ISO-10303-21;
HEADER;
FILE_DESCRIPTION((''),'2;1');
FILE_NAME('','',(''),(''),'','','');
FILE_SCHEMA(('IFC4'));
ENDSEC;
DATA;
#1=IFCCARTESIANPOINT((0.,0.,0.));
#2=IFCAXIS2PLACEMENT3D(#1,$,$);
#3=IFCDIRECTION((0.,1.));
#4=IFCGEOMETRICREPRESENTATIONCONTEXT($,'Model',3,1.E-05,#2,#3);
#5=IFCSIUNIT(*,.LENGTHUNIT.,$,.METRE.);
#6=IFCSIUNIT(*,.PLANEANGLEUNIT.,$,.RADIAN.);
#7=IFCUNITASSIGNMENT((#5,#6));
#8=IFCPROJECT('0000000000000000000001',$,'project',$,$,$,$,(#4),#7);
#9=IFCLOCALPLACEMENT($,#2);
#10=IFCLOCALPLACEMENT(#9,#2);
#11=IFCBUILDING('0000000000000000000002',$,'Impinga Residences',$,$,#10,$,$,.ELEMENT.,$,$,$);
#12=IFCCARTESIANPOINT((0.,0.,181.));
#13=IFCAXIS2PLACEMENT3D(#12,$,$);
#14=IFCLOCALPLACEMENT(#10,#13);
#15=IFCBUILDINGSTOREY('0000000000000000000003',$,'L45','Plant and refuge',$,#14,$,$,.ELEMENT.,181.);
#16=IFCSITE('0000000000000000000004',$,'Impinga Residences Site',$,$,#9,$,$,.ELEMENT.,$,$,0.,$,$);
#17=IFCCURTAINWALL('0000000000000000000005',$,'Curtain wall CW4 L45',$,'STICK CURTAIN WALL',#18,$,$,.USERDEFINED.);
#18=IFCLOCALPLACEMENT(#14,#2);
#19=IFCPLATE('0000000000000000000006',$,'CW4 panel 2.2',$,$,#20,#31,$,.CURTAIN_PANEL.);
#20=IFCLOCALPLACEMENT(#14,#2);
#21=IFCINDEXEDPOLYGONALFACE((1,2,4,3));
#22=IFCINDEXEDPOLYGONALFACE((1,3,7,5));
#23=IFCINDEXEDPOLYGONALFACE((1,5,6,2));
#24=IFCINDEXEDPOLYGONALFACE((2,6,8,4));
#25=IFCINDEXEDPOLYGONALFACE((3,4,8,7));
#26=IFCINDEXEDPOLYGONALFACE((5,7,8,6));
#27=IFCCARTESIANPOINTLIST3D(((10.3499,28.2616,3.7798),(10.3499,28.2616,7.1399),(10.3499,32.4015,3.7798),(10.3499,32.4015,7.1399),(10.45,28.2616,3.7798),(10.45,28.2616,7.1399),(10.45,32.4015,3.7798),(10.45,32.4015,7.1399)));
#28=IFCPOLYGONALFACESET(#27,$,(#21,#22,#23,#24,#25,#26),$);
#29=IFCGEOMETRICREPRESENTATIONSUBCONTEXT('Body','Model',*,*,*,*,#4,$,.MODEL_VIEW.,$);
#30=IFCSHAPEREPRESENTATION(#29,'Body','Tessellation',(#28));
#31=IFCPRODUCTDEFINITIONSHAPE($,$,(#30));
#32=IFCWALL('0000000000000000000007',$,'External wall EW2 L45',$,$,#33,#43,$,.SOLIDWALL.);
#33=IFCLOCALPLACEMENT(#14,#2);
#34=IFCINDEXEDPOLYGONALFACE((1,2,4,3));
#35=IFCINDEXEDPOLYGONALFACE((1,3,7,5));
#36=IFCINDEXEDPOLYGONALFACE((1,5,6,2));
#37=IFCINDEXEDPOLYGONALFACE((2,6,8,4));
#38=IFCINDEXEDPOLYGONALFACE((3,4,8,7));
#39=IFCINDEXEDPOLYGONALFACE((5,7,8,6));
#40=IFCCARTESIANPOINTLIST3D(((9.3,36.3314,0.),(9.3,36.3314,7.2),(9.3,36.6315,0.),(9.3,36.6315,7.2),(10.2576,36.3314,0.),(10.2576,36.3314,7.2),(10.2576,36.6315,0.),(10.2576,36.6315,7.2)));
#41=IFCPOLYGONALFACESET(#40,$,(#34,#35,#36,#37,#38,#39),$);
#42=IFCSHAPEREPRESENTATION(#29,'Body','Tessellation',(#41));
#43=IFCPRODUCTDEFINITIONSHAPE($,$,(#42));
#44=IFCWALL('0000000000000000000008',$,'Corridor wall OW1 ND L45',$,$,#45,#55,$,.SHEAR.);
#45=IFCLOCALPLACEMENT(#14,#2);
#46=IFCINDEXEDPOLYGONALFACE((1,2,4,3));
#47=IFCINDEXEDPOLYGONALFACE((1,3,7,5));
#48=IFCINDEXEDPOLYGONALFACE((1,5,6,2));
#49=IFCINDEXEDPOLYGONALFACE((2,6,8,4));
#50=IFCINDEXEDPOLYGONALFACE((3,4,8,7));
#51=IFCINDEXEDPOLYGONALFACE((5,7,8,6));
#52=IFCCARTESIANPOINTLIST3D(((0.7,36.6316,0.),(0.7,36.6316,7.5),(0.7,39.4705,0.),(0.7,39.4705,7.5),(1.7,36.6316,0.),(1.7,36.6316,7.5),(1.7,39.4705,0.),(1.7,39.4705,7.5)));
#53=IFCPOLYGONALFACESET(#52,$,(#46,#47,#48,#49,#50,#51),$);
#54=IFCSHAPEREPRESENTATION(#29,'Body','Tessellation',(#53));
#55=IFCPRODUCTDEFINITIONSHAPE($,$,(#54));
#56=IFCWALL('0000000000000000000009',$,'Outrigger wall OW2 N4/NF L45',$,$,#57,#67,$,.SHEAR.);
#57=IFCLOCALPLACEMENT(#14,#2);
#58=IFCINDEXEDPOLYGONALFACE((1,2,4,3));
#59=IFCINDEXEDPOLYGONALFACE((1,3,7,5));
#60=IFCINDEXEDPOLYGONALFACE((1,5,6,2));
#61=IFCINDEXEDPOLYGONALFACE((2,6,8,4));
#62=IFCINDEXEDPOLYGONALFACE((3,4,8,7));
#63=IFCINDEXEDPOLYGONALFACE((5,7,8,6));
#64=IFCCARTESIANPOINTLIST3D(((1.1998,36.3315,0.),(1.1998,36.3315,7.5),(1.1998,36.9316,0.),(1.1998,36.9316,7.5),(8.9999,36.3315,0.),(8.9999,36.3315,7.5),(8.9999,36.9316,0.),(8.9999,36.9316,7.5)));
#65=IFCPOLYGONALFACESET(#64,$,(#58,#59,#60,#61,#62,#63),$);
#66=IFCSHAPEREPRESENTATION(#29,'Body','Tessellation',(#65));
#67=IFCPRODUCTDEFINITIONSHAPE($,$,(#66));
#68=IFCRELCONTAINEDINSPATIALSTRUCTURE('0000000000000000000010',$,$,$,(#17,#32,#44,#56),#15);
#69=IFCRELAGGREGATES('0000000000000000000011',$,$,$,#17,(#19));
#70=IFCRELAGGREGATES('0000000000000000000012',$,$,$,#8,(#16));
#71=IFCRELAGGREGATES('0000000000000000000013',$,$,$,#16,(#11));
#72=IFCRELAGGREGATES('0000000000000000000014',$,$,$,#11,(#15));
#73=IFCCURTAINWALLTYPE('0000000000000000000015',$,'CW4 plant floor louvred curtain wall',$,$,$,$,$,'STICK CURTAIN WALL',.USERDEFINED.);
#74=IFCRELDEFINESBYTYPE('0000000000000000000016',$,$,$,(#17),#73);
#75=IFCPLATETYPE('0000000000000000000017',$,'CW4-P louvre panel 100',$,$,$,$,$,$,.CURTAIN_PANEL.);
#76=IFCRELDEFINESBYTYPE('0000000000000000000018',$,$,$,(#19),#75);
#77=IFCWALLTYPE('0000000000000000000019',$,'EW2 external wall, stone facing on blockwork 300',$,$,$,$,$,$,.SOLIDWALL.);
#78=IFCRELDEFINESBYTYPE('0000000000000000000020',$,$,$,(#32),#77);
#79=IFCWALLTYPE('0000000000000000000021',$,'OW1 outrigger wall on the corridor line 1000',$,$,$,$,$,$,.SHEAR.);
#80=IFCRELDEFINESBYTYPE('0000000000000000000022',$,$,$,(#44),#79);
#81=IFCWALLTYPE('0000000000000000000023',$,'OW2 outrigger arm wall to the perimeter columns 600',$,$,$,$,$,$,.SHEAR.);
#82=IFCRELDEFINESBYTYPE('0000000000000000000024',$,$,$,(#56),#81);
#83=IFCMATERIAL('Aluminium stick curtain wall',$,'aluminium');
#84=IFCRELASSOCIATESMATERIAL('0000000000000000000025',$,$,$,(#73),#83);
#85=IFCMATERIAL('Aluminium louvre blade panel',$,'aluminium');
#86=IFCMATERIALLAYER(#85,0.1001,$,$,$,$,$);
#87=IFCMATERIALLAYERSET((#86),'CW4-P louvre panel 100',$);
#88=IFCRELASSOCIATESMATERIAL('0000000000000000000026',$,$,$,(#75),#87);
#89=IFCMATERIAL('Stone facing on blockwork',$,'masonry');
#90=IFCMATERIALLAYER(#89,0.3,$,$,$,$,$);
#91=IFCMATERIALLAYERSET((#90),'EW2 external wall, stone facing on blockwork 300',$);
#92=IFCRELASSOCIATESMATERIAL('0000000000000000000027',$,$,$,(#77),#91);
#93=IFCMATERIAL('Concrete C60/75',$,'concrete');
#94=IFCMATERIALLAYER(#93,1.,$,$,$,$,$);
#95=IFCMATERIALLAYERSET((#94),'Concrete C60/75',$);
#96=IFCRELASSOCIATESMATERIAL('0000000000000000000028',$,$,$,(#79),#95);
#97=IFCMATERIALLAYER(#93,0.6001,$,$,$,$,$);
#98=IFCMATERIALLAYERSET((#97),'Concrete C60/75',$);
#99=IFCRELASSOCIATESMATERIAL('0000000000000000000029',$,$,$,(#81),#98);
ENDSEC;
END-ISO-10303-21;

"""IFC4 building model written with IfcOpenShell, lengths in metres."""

from ifc_helpers import new_model, si_unit, direction, frame, frame_2d, origin, origin_2d, place, context, subcontext, project, spatial, rectangle, extrude, material, layer, layer_set, type_object, element, aggregate, save


model = new_model("IFC4")

# Units and contexts
model_context = context("Model", 3, precision=1e-05, world=origin(), true_north=direction((0.0, 1.0)))
body_context = subcontext(model_context, "Body", "Model", "MODEL_VIEW")
ifc_project = project(units=[si_unit("LENGTHUNIT", "METRE"), si_unit("PLANEANGLEUNIT", "RADIAN")], contexts=[model_context])

# Site, building, storey
site_placement = place(None, origin())
site = spatial("IfcSite", under=ifc_project, at=site_placement, Name="Impinga Residences Site", CompositionType="ELEMENT", RefElevation=0.0)
building_placement = place(site_placement, origin())
building = spatial("IfcBuilding", under=site, at=building_placement, Name="Impinga Residences", CompositionType="ELEMENT")
storey_placement = place(building_placement, frame((0.0, 0.0, 181.0)))
storey = spatial("IfcBuildingStorey", under=building, at=storey_placement, Name="L45", Description="Plant and refuge", CompositionType="ELEMENT", Elevation=181.0)

# Shared definitions
ifc_material_1 = material(Name="Concrete C60/75", Category="concrete")

# Curtain wall
ifc_material_2 = material(Name="Aluminium stick curtain wall", Category="aluminium")
curtain_wall_type = type_object("IfcCurtainWallType", Name="CW4 plant floor louvred curtain wall", ElementType="STICK CURTAIN WALL", PredefinedType="USERDEFINED", material=ifc_material_2)
curtain_wall_placement = place(storey_placement, origin())
curtain_wall = element("IfcCurtainWall", 1, at=curtain_wall_placement, inside=storey, type_object=curtain_wall_type, Name="Curtain wall CW4 L45", ObjectType="STICK CURTAIN WALL", PredefinedType="USERDEFINED")

# Plate
ifc_material_3 = material(Name="Aluminium louvre blade panel", Category="aluminium")
ifc_layer_1 = layer(ifc_material_3, 0.1001)
ifc_layer_set_1 = layer_set([ifc_layer_1], Name="CW4-P louvre panel 100")
plate_type = type_object("IfcPlateType", Name="CW4-P louvre panel 100", PredefinedType="CURTAIN_PANEL", material=ifc_layer_set_1)
plate_1_placement = place(storey_placement, frame((10.3999, 30.3315, 3.7798), z_axis=(0.0, 0.0, 1.0), x_axis=(0.0, -1.0, 0.0)))
plate_1 = element("IfcPlate", 2, at=plate_1_placement, type_object=plate_type, Name="CW4 panel 2.2", PredefinedType="CURTAIN_PANEL", context=body_context, shape_type="SweptSolid", body=[
    extrude(rectangle(XDim=4.1399, YDim=0.1001, at=origin_2d()), origin(), (0.0, 0.0, 1.0), 3.3601),
])
aggregate(curtain_wall, [plate_1])

# Walls
ifc_material_4 = material(Name="Stone facing on blockwork", Category="masonry")
ifc_layer_2 = layer(ifc_material_4, 0.3)
ifc_layer_set_2 = layer_set([ifc_layer_2], Name="EW2 external wall, stone facing on blockwork 300")
wall_type_1 = type_object("IfcWallType", Name="EW2 external wall, stone facing on blockwork 300", PredefinedType="SOLIDWALL", material=ifc_layer_set_2)
wall_1_placement = place(storey_placement, frame((9.3, 36.4814, 0.0), z_axis=(0.0, 0.0, 1.0), x_axis=(1.0, 0.0, 0.0)))
element("IfcWall", 3, at=wall_1_placement, inside=storey, type_object=wall_type_1, Name="External wall EW2 L45", PredefinedType="SOLIDWALL", context=body_context, shape_type="SweptSolid", body=[
    extrude(rectangle(XDim=0.9575, YDim=0.3, at=frame_2d((0.4788, 0.0))), origin(), (0.0, 0.0, 1.0), 7.2),
])
ifc_layer_3 = layer(ifc_material_1, 1.0)
ifc_layer_set_3 = layer_set([ifc_layer_3], Name="Concrete C60/75")
wall_type_2 = type_object("IfcWallType", Name="OW1 outrigger wall on the corridor line 1000", PredefinedType="SHEAR", material=ifc_layer_set_3)
wall_2_placement = place(storey_placement, frame((1.2, 36.6316, 0.0), z_axis=(0.0, 0.0, 1.0), x_axis=(0.0, 1.0, 0.0)))
element("IfcWall", 4, at=wall_2_placement, inside=storey, type_object=wall_type_2, Name="Corridor wall OW1 ND L45", PredefinedType="SHEAR", context=body_context, shape_type="SweptSolid", body=[
    extrude(rectangle(XDim=2.8389, YDim=1.0, at=frame_2d((1.4194, 0.0))), origin(), (0.0, 0.0, 1.0), 7.5),
])
ifc_layer_4 = layer(ifc_material_1, 0.6001)
ifc_layer_set_4 = layer_set([ifc_layer_4], Name="Concrete C60/75")
wall_type_3 = type_object("IfcWallType", Name="OW2 outrigger arm wall to the perimeter columns 600", PredefinedType="SHEAR", material=ifc_layer_set_4)
wall_3_placement = place(storey_placement, frame((1.2, 36.6316, 0.0), z_axis=(0.0, 0.0, 1.0), x_axis=(1.0, 0.0, 0.0)))
element("IfcWall", 5, at=wall_3_placement, inside=storey, type_object=wall_type_3, Name="Outrigger wall OW2 N4/NF L45", PredefinedType="SHEAR", context=body_context, shape_type="SweptSolid", body=[
    extrude(rectangle(XDim=7.8, YDim=0.6001, at=frame_2d((3.8999, 0.0))), origin(), (0.0, 0.0, 1.0), 7.5),
])

save(model, "model.ifc")
